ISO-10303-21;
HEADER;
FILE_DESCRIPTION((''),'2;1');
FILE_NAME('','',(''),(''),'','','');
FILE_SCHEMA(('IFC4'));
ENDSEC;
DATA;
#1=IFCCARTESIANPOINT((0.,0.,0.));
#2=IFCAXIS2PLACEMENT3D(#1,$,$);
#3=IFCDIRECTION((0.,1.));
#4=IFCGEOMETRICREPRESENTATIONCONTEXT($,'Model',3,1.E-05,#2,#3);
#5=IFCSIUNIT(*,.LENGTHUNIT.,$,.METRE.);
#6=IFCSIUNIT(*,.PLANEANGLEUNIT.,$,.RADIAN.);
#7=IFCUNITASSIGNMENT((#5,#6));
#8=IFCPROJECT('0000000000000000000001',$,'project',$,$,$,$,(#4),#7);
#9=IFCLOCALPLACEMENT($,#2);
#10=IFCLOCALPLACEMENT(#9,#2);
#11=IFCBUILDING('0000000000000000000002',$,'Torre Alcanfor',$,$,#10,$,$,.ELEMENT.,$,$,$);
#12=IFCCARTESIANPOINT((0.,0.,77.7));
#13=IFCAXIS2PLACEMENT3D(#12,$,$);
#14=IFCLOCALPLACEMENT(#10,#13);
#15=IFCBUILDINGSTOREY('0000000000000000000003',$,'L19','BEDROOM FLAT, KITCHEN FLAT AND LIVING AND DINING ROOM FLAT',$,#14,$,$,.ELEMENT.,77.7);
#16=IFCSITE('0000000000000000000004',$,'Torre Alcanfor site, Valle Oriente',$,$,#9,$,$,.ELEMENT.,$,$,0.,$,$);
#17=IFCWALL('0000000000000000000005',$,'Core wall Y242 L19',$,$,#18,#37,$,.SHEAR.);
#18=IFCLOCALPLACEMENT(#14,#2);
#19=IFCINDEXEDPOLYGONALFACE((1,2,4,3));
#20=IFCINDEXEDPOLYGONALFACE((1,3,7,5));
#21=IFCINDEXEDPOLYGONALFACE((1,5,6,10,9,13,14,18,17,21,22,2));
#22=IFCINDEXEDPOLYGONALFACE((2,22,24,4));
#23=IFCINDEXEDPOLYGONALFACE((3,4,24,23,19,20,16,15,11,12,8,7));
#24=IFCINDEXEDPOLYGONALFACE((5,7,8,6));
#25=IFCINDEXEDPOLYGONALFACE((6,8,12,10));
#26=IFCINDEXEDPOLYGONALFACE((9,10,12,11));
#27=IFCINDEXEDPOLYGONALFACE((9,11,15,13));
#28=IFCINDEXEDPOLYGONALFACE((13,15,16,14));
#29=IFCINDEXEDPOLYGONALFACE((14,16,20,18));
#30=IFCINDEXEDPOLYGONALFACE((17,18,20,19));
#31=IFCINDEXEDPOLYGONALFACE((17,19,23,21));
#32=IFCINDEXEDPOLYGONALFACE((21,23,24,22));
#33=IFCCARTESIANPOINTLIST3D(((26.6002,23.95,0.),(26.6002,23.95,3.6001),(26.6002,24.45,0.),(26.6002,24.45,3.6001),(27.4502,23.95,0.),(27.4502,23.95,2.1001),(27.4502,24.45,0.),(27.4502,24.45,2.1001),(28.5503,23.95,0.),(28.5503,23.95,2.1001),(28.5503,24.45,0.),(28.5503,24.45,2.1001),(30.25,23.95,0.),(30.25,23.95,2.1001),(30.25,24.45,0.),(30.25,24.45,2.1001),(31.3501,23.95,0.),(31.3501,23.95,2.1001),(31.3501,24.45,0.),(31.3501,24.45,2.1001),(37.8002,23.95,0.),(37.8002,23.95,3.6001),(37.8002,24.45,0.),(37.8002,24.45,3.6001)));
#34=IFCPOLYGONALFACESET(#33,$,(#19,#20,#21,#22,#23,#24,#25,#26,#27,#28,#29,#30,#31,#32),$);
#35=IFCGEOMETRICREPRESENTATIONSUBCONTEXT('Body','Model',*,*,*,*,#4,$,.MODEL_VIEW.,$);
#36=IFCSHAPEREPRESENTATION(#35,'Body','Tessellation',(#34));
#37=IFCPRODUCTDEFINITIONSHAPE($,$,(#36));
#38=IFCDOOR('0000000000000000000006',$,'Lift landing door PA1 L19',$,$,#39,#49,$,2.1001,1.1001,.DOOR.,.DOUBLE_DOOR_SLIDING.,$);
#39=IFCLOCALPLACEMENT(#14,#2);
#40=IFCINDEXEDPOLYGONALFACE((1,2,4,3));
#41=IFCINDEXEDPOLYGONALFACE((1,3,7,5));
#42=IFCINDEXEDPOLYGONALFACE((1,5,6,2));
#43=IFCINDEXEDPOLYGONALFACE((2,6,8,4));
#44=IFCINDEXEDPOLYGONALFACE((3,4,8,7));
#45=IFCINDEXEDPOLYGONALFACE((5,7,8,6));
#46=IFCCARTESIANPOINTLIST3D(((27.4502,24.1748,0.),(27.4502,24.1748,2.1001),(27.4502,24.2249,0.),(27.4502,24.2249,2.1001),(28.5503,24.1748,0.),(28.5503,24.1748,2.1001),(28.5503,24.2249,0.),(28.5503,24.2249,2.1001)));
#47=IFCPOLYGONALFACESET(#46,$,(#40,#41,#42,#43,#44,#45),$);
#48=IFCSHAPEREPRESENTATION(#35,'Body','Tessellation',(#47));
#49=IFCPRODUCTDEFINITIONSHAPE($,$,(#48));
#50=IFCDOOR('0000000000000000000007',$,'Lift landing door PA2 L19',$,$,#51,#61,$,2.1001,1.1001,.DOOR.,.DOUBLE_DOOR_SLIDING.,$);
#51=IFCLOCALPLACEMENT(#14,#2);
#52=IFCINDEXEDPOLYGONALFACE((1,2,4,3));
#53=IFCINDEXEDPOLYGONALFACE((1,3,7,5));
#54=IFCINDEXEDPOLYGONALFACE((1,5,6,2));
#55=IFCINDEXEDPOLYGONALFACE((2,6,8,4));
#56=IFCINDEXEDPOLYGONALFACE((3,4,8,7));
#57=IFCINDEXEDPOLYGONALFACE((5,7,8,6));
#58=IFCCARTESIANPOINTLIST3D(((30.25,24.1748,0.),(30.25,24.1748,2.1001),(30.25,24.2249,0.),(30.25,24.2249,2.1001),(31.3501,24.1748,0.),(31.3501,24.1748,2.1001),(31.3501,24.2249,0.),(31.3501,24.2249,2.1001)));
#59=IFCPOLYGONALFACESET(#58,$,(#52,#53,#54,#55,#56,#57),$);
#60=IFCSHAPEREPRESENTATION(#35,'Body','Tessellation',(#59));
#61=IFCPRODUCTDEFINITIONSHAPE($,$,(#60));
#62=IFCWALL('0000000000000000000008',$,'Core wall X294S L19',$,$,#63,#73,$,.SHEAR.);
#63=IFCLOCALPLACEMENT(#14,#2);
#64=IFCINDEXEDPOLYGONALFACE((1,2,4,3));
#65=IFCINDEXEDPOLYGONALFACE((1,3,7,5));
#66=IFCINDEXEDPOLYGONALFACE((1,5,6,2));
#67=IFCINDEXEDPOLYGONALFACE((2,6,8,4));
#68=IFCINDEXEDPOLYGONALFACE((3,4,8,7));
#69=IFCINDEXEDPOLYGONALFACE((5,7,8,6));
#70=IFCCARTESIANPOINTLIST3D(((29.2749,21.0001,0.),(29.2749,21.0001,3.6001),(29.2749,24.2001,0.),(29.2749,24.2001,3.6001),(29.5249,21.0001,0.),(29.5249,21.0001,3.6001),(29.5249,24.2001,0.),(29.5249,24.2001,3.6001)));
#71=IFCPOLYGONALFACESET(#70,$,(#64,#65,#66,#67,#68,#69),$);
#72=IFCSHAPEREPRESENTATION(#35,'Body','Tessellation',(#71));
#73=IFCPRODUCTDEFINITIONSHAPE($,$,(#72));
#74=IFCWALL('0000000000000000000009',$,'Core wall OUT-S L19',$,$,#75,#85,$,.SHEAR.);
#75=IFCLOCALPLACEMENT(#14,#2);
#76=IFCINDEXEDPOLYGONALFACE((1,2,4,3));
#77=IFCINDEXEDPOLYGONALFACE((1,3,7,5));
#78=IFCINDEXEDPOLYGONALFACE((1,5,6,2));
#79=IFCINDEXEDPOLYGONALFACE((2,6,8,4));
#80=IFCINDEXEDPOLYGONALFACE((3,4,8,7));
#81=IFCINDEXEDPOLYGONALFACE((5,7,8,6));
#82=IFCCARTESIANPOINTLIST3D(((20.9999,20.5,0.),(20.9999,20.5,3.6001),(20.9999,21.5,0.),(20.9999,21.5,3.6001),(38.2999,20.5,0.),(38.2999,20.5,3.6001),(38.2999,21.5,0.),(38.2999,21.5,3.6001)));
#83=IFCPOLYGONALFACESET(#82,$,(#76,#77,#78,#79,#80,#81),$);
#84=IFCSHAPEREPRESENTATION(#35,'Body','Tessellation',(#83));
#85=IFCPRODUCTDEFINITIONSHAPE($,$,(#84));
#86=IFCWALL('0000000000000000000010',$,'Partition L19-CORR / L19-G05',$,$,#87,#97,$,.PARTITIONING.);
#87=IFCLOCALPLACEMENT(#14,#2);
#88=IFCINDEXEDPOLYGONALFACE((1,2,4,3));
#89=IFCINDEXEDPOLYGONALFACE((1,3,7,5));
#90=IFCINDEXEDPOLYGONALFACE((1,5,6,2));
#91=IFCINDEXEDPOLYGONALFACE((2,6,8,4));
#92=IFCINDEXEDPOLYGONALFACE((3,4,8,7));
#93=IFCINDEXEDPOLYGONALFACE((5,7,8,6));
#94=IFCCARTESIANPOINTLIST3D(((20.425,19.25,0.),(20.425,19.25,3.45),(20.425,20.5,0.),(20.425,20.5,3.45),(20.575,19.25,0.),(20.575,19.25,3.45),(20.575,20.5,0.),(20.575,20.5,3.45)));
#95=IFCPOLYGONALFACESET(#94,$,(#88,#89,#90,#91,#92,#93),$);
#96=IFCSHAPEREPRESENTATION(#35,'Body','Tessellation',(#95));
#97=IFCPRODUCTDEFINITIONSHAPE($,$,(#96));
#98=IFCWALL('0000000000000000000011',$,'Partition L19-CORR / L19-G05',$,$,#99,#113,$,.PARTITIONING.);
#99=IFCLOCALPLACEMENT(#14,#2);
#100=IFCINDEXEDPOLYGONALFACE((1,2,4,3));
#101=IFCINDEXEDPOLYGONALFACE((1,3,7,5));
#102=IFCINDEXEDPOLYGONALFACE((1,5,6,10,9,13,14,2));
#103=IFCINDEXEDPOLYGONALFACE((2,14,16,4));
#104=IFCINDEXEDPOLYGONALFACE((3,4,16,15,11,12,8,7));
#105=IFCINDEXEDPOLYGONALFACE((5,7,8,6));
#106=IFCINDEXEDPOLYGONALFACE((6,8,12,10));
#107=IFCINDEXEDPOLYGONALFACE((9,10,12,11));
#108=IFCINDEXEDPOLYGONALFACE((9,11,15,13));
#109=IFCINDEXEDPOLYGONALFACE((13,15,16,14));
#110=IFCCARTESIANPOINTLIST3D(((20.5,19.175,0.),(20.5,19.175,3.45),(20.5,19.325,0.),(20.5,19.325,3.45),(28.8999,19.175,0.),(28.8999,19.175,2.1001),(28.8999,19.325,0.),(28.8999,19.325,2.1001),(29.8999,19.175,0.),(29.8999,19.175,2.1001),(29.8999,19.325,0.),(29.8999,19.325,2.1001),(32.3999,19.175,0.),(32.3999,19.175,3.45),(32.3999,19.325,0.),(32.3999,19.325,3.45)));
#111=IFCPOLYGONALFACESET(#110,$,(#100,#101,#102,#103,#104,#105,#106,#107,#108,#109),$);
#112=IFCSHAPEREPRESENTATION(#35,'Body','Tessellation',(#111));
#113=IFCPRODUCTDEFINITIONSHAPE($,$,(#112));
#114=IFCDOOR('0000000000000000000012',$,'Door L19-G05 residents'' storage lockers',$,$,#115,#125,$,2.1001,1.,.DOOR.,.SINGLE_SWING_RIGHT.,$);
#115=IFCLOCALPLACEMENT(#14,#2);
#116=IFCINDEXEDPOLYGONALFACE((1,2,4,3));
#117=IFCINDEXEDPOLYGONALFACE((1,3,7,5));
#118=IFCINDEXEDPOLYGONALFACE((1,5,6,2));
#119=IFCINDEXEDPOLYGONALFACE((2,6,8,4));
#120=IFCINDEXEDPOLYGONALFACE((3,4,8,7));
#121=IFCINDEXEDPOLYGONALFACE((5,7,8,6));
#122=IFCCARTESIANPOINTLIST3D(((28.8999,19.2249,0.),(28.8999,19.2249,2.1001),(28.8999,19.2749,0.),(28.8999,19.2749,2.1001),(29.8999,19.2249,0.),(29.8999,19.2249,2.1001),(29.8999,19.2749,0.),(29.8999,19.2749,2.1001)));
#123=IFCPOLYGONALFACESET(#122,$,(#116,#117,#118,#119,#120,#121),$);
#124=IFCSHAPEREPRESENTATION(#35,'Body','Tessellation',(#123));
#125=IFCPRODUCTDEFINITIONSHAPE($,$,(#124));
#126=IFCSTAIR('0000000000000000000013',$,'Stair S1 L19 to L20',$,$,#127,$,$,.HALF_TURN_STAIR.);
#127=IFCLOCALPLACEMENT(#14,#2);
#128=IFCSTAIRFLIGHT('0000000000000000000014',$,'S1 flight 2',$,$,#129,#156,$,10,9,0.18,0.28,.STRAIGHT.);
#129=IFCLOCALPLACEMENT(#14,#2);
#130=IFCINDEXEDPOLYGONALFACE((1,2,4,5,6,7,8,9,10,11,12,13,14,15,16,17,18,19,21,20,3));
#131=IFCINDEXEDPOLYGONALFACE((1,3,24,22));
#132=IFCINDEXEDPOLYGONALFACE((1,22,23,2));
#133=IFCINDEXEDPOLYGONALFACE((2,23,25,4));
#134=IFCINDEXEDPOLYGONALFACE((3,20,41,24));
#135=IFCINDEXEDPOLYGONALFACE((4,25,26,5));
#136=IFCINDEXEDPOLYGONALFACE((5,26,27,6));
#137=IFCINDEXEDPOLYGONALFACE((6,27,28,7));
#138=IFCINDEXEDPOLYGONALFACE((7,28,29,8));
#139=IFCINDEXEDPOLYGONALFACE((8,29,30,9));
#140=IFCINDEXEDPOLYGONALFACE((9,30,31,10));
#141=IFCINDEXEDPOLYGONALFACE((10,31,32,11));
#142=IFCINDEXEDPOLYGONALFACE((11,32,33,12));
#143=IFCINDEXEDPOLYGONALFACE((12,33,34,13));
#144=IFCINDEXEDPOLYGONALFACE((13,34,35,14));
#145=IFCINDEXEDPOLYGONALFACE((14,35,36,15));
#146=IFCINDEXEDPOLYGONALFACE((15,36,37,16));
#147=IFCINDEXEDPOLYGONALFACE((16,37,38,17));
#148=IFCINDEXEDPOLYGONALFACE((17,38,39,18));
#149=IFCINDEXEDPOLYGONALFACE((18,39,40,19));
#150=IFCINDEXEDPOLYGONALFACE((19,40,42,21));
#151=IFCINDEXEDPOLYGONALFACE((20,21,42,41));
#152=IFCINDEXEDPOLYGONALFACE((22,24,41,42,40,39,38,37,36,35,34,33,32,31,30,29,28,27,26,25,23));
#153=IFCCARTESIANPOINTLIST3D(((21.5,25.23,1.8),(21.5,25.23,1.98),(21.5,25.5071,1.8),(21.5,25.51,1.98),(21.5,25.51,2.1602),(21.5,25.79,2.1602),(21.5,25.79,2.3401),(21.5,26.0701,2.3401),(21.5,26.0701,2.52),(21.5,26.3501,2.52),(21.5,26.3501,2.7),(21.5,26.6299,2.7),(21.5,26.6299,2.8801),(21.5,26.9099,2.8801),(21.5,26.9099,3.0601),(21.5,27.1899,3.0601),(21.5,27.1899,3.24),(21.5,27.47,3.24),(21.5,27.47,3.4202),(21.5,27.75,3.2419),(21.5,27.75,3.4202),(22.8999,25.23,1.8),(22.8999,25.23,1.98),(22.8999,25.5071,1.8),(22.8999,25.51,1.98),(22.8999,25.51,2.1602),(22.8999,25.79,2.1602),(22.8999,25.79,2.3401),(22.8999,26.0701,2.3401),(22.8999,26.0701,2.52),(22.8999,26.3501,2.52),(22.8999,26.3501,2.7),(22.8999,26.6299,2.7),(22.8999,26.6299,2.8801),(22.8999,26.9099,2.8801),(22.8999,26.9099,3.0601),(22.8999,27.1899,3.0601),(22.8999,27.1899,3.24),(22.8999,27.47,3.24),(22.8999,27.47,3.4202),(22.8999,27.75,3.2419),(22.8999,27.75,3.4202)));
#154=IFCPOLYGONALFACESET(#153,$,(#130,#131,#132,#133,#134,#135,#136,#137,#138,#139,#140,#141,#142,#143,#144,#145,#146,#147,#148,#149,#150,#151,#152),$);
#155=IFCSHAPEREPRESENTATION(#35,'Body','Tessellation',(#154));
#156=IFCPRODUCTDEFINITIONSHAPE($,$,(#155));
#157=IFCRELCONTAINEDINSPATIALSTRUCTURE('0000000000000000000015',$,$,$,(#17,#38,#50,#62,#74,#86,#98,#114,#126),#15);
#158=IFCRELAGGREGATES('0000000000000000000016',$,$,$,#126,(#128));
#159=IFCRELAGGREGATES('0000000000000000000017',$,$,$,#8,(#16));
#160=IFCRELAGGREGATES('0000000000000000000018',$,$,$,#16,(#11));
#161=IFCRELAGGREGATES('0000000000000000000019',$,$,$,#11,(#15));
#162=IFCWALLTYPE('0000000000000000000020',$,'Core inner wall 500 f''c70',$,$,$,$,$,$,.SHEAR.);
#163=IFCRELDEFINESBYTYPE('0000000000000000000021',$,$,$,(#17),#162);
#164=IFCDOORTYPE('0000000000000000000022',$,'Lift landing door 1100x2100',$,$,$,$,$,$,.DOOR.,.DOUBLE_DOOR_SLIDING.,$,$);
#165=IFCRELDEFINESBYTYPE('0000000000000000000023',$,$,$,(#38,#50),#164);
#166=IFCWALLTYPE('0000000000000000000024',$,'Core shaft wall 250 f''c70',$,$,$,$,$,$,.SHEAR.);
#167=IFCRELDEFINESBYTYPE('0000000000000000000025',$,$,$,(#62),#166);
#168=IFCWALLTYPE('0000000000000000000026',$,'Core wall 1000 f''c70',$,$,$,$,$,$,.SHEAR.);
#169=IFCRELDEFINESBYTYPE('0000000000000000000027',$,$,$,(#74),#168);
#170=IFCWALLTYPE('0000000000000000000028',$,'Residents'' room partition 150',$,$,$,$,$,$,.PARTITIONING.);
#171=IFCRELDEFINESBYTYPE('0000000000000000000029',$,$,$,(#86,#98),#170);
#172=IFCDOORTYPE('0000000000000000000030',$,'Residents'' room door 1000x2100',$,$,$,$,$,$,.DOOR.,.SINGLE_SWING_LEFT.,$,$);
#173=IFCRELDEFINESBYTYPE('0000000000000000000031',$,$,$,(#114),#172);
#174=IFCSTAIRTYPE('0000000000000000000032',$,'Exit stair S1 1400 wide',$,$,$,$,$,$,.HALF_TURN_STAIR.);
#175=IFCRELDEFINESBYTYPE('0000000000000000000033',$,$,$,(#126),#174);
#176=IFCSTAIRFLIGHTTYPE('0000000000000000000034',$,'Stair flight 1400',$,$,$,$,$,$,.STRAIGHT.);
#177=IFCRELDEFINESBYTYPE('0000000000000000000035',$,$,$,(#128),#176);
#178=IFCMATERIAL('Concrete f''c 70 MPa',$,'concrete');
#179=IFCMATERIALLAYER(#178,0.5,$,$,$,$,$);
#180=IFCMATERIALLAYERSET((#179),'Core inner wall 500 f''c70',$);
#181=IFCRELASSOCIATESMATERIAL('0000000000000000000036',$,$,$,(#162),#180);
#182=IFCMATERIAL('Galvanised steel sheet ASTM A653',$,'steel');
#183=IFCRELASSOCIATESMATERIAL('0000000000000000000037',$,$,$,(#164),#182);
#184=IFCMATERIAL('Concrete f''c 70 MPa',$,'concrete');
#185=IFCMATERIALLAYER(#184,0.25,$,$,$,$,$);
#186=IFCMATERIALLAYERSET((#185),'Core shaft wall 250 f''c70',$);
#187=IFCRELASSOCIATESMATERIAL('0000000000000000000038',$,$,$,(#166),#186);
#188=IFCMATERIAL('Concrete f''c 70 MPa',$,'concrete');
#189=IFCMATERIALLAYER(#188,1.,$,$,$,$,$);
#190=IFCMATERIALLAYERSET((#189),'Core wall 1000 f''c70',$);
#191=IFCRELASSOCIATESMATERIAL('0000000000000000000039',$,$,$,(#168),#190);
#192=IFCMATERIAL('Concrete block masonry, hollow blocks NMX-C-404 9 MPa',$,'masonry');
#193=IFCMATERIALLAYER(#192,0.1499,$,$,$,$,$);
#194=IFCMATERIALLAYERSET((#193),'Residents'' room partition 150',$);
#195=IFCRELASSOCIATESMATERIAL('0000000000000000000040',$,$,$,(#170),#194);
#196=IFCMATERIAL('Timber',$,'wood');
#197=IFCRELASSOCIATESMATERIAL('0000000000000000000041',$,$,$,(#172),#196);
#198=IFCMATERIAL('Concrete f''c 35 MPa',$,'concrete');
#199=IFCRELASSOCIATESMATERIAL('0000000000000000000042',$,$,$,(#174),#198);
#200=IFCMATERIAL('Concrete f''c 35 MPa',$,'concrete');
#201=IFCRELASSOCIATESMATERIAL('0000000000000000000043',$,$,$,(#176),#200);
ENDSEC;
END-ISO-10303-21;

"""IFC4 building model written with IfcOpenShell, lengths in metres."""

from ifc_helpers import new_model, si_unit, direction, frame, frame_2d, origin, place, context, subcontext, project, spatial, polyline, rectangle, outline, extrude, material, layer, layer_set, type_object, element, fill, aggregate, save


model = new_model("IFC4")

# Units and contexts
model_context = context("Model", 3, precision=1e-05, world=origin(), true_north=direction((0.0, 1.0)))
body_context = subcontext(model_context, "Body", "Model", "MODEL_VIEW")
ifc_project = project(units=[si_unit("LENGTHUNIT", "METRE"), si_unit("PLANEANGLEUNIT", "RADIAN")], contexts=[model_context])

# Site, building, storey
site_placement = place(None, origin())
site = spatial("IfcSite", under=ifc_project, at=site_placement, Name="Torre Alcanfor site, Valle Oriente", CompositionType="ELEMENT", RefElevation=0.0)
building_placement = place(site_placement, origin())
building = spatial("IfcBuilding", under=site, at=building_placement, Name="Torre Alcanfor", CompositionType="ELEMENT")
storey_placement = place(building_placement, frame((0.0, 0.0, 77.7)))
storey = spatial("IfcBuildingStorey", under=building, at=storey_placement, Name="L19", Description="BEDROOM FLAT, KITCHEN FLAT AND LIVING AND DINING ROOM FLAT", CompositionType="ELEMENT", Elevation=77.7)

# Shared definitions
ifc_material_1 = material(Name="Concrete f'c 70 MPa", Category="concrete")
ifc_layer_1 = layer(ifc_material_1, 0.5)
ifc_layer_set_1 = layer_set([ifc_layer_1], Name="Core inner wall 500 f'c70")
wall_type_1 = type_object("IfcWallType", Name="Core inner wall 500 f'c70", PredefinedType="SHEAR", material=ifc_layer_set_1)

# Wall, openings, doors
wall_1_placement = place(storey_placement, frame((26.6001, 24.2, 0.0), z_axis=(0.0, 0.0, 1.0), x_axis=(1.0, 0.0, 0.0)))
wall_1 = element("IfcWall", 1, at=wall_1_placement, inside=storey, type_object=wall_type_1, Name="Core wall Y242 L19", PredefinedType="SHEAR", context=body_context, shape_type="SweptSolid", body=[
    extrude(rectangle(XDim=11.2, YDim=0.5, at=frame_2d((5.6001, 0.0))), origin(), (0.0, 0.0, 1.0), 3.6001),
])
opening_1_placement = place(wall_1_placement, frame((0.8501, 0.0, 0.0)))
opening_1 = element("IfcOpeningElement", 2, at=opening_1_placement, cuts=wall_1, PredefinedType="OPENING", context=body_context, shape_type="SweptSolid", body=[
    extrude(rectangle(XDim=1.1001, YDim=2.1001, at=frame_2d((0.55, 1.05))), frame((0.0, 0.26, 0.0), z_axis=(0.0, -1.0, 0.0), x_axis=(1.0, 0.0, 0.0)), (0.0, 0.0, 1.0), 0.52),
])
opening_2_placement = place(wall_1_placement, frame((3.6499, 0.0, 0.0)))
opening_2 = element("IfcOpeningElement", 3, at=opening_2_placement, cuts=wall_1, PredefinedType="OPENING", context=body_context, shape_type="SweptSolid", body=[
    extrude(rectangle(XDim=1.1001, YDim=2.1001, at=frame_2d((0.55, 1.05))), frame((0.0, 0.26, 0.0), z_axis=(0.0, -1.0, 0.0), x_axis=(1.0, 0.0, 0.0)), (0.0, 0.0, 1.0), 0.52),
])
ifc_material_2 = material(Name="Galvanised steel sheet ASTM A653", Category="steel")
door_type_1 = type_object("IfcDoorType", Name="Lift landing door 1100x2100", OperationType="DOUBLE_DOOR_SLIDING", PredefinedType="DOOR", material=ifc_material_2)
door_1_placement = place(opening_1_placement, origin())
door_1 = element("IfcDoor", 4, at=door_1_placement, inside=storey, type_object=door_type_1, Name="Lift landing door PA1 L19", OperationType="DOUBLE_DOOR_SLIDING", OverallHeight=2.1001, OverallWidth=1.1001, PredefinedType="DOOR", context=body_context, shape_type="SweptSolid", body=[
    extrude(rectangle(XDim=1.1001, YDim=2.1001, at=frame_2d((0.55, 1.05))), frame((0.0, 0.0249, 0.0), z_axis=(0.0, -1.0, 0.0), x_axis=(1.0, 0.0, 0.0)), (0.0, 0.0, 1.0), 0.05),
])
fill(opening_1, door_1)
door_2_placement = place(opening_2_placement, origin())
door_2 = element("IfcDoor", 5, at=door_2_placement, inside=storey, type_object=door_type_1, Name="Lift landing door PA2 L19", OperationType="DOUBLE_DOOR_SLIDING", OverallHeight=2.1001, OverallWidth=1.1001, PredefinedType="DOOR", context=body_context, shape_type="SweptSolid", body=[
    extrude(rectangle(XDim=1.1001, YDim=2.1001, at=frame_2d((0.55, 1.05))), frame((0.0, 0.0249, 0.0), z_axis=(0.0, -1.0, 0.0), x_axis=(1.0, 0.0, 0.0)), (0.0, 0.0, 1.0), 0.05),
])
fill(opening_2, door_2)

# Walls
ifc_material_3 = material(Name="Concrete f'c 70 MPa", Category="concrete")
ifc_layer_2 = layer(ifc_material_3, 0.25)
ifc_layer_set_2 = layer_set([ifc_layer_2], Name="Core shaft wall 250 f'c70")
wall_type_2 = type_object("IfcWallType", Name="Core shaft wall 250 f'c70", PredefinedType="SHEAR", material=ifc_layer_set_2)
wall_2_placement = place(storey_placement, frame((29.3999, 21.0, 0.0), z_axis=(0.0, 0.0, 1.0), x_axis=(0.0, 1.0, 0.0)))
element("IfcWall", 6, at=wall_2_placement, inside=storey, type_object=wall_type_2, Name="Core wall X294S L19", PredefinedType="SHEAR", context=body_context, shape_type="SweptSolid", body=[
    extrude(rectangle(XDim=3.2, YDim=0.25, at=frame_2d((1.6001, 0.0))), origin(), (0.0, 0.0, 1.0), 3.6001),
])
ifc_material_4 = material(Name="Concrete f'c 70 MPa", Category="concrete")
ifc_layer_3 = layer(ifc_material_4, 1.0)
ifc_layer_set_3 = layer_set([ifc_layer_3], Name="Core wall 1000 f'c70")
wall_type_3 = type_object("IfcWallType", Name="Core wall 1000 f'c70", PredefinedType="SHEAR", material=ifc_layer_set_3)
wall_3_placement = place(storey_placement, frame((21.0, 21.0, 0.0), z_axis=(0.0, 0.0, 1.0), x_axis=(1.0, 0.0, 0.0)))
element("IfcWall", 7, at=wall_3_placement, inside=storey, type_object=wall_type_3, Name="Core wall OUT-S L19", PredefinedType="SHEAR", context=body_context, shape_type="SweptSolid", body=[
    extrude(rectangle(XDim=17.3, YDim=1.0, at=frame_2d((8.6499, 0.0))), origin(), (0.0, 0.0, 1.0), 3.6001),
])
ifc_material_5 = material(Name="Concrete block masonry, hollow blocks NMX-C-404 9 MPa", Category="masonry")
ifc_layer_4 = layer(ifc_material_5, 0.1499)
ifc_layer_set_4 = layer_set([ifc_layer_4], Name="Residents' room partition 150")
wall_type_4 = type_object("IfcWallType", Name="Residents' room partition 150", PredefinedType="PARTITIONING", material=ifc_layer_set_4)
wall_4_placement = place(storey_placement, frame((20.5, 20.5, 0.0), z_axis=(0.0, 0.0, 1.0), x_axis=(0.0, -1.0, 0.0)))
element("IfcWall", 8, at=wall_4_placement, inside=storey, type_object=wall_type_4, Name="Partition L19-CORR / L19-G05", PredefinedType="PARTITIONING", context=body_context, shape_type="SweptSolid", body=[
    extrude(rectangle(XDim=1.25, YDim=0.1499, at=frame_2d((0.625, 0.0))), origin(), (0.0, 0.0, 1.0), 3.45),
])

# Wall, opening, door
wall_5_placement = place(storey_placement, frame((20.5, 19.25, 0.0), z_axis=(0.0, 0.0, 1.0), x_axis=(1.0, 0.0, 0.0)))
wall_5 = element("IfcWall", 9, at=wall_5_placement, inside=storey, type_object=wall_type_4, Name="Partition L19-CORR / L19-G05", PredefinedType="PARTITIONING", context=body_context, shape_type="SweptSolid", body=[
    extrude(rectangle(XDim=11.8999, YDim=0.1499, at=frame_2d((5.95, 0.0))), origin(), (0.0, 0.0, 1.0), 3.45),
])
opening_3_placement = place(wall_5_placement, frame((8.3999, 0.0, 0.0)))
opening_3 = element("IfcOpeningElement", 10, at=opening_3_placement, cuts=wall_5, PredefinedType="OPENING", context=body_context, shape_type="SweptSolid", body=[
    extrude(rectangle(XDim=1.0, YDim=2.1001, at=frame_2d((0.5, 1.05))), frame((0.0, 0.085, 0.0), z_axis=(0.0, -1.0, 0.0), x_axis=(1.0, 0.0, 0.0)), (0.0, 0.0, 1.0), 0.1699),
])
ifc_material_6 = material(Name="Timber", Category="wood")
door_type_2 = type_object("IfcDoorType", Name="Residents' room door 1000x2100", OperationType="SINGLE_SWING_LEFT", PredefinedType="DOOR", material=ifc_material_6)
door_3_placement = place(opening_3_placement, origin())
door_3 = element("IfcDoor", 11, at=door_3_placement, inside=storey, type_object=door_type_2, Name="Door L19-G05 residents' storage lockers", OperationType="SINGLE_SWING_RIGHT", OverallHeight=2.1001, OverallWidth=1.0, PredefinedType="DOOR", context=body_context, shape_type="SweptSolid", body=[
    extrude(rectangle(XDim=1.0, YDim=2.1001, at=frame_2d((0.5, 1.05))), frame((0.0, 0.0249, 0.0), z_axis=(0.0, -1.0, 0.0), x_axis=(1.0, 0.0, 0.0)), (0.0, 0.0, 1.0), 0.05),
])
fill(opening_3, door_3)

# Stair, stair flight
ifc_material_7 = material(Name="Concrete f'c 35 MPa", Category="concrete")
stair_type = type_object("IfcStairType", Name="Exit stair S1 1400 wide", PredefinedType="HALF_TURN_STAIR", material=ifc_material_7)
stair_placement = place(storey_placement, origin())
stair = element("IfcStair", 12, at=stair_placement, inside=storey, type_object=stair_type, Name="Stair S1 L19 to L20", PredefinedType="HALF_TURN_STAIR")
ifc_material_8 = material(Name="Concrete f'c 35 MPa", Category="concrete")
stair_flight_type = type_object("IfcStairFlightType", Name="Stair flight 1400", PredefinedType="STRAIGHT", material=ifc_material_8)
stair_flight_placement = place(storey_placement, frame((22.2, 25.23, 1.8), z_axis=(0.0, 0.0, 1.0), x_axis=(0.0, 1.0, 0.0)))
stair_flight = element("IfcStairFlight", 13, at=stair_flight_placement, type_object=stair_flight_type, Name="S1 flight 2", NumberOfRisers=10, NumberOfTreads=9, PredefinedType="STRAIGHT", RiserHeight=0.18, TreadLength=0.28, context=body_context, shape_type="SweptSolid", body=[
    extrude(outline(polyline([(0.0, 0.0), (0.0, 0.1799), (0.28, 0.1799), (0.28, 0.3601), (0.5601, 0.3601), (0.5601, 0.54), (0.8401, 0.54), (0.8401, 0.72), (1.1201, 0.72), (1.1201, 0.8999), (1.3999, 0.8999), (1.3999, 1.0801), (1.6799, 1.0801), (1.6799, 1.26), (1.96, 1.26), (1.96, 1.4399), (2.24, 1.4399), (2.24, 1.6201), (2.52, 1.6201), (2.52, 1.8), (2.52, 1.4419), (0.2771, 0.0), (0.0, 0.0)])), frame((0.0, 0.7, 0.0), z_axis=(0.0, -1.0, 0.0), x_axis=(1.0, 0.0, 0.0)), (0.0, 0.0, 1.0), 1.3999),
])
aggregate(stair, [stair_flight])

save(model, "model.ifc")
